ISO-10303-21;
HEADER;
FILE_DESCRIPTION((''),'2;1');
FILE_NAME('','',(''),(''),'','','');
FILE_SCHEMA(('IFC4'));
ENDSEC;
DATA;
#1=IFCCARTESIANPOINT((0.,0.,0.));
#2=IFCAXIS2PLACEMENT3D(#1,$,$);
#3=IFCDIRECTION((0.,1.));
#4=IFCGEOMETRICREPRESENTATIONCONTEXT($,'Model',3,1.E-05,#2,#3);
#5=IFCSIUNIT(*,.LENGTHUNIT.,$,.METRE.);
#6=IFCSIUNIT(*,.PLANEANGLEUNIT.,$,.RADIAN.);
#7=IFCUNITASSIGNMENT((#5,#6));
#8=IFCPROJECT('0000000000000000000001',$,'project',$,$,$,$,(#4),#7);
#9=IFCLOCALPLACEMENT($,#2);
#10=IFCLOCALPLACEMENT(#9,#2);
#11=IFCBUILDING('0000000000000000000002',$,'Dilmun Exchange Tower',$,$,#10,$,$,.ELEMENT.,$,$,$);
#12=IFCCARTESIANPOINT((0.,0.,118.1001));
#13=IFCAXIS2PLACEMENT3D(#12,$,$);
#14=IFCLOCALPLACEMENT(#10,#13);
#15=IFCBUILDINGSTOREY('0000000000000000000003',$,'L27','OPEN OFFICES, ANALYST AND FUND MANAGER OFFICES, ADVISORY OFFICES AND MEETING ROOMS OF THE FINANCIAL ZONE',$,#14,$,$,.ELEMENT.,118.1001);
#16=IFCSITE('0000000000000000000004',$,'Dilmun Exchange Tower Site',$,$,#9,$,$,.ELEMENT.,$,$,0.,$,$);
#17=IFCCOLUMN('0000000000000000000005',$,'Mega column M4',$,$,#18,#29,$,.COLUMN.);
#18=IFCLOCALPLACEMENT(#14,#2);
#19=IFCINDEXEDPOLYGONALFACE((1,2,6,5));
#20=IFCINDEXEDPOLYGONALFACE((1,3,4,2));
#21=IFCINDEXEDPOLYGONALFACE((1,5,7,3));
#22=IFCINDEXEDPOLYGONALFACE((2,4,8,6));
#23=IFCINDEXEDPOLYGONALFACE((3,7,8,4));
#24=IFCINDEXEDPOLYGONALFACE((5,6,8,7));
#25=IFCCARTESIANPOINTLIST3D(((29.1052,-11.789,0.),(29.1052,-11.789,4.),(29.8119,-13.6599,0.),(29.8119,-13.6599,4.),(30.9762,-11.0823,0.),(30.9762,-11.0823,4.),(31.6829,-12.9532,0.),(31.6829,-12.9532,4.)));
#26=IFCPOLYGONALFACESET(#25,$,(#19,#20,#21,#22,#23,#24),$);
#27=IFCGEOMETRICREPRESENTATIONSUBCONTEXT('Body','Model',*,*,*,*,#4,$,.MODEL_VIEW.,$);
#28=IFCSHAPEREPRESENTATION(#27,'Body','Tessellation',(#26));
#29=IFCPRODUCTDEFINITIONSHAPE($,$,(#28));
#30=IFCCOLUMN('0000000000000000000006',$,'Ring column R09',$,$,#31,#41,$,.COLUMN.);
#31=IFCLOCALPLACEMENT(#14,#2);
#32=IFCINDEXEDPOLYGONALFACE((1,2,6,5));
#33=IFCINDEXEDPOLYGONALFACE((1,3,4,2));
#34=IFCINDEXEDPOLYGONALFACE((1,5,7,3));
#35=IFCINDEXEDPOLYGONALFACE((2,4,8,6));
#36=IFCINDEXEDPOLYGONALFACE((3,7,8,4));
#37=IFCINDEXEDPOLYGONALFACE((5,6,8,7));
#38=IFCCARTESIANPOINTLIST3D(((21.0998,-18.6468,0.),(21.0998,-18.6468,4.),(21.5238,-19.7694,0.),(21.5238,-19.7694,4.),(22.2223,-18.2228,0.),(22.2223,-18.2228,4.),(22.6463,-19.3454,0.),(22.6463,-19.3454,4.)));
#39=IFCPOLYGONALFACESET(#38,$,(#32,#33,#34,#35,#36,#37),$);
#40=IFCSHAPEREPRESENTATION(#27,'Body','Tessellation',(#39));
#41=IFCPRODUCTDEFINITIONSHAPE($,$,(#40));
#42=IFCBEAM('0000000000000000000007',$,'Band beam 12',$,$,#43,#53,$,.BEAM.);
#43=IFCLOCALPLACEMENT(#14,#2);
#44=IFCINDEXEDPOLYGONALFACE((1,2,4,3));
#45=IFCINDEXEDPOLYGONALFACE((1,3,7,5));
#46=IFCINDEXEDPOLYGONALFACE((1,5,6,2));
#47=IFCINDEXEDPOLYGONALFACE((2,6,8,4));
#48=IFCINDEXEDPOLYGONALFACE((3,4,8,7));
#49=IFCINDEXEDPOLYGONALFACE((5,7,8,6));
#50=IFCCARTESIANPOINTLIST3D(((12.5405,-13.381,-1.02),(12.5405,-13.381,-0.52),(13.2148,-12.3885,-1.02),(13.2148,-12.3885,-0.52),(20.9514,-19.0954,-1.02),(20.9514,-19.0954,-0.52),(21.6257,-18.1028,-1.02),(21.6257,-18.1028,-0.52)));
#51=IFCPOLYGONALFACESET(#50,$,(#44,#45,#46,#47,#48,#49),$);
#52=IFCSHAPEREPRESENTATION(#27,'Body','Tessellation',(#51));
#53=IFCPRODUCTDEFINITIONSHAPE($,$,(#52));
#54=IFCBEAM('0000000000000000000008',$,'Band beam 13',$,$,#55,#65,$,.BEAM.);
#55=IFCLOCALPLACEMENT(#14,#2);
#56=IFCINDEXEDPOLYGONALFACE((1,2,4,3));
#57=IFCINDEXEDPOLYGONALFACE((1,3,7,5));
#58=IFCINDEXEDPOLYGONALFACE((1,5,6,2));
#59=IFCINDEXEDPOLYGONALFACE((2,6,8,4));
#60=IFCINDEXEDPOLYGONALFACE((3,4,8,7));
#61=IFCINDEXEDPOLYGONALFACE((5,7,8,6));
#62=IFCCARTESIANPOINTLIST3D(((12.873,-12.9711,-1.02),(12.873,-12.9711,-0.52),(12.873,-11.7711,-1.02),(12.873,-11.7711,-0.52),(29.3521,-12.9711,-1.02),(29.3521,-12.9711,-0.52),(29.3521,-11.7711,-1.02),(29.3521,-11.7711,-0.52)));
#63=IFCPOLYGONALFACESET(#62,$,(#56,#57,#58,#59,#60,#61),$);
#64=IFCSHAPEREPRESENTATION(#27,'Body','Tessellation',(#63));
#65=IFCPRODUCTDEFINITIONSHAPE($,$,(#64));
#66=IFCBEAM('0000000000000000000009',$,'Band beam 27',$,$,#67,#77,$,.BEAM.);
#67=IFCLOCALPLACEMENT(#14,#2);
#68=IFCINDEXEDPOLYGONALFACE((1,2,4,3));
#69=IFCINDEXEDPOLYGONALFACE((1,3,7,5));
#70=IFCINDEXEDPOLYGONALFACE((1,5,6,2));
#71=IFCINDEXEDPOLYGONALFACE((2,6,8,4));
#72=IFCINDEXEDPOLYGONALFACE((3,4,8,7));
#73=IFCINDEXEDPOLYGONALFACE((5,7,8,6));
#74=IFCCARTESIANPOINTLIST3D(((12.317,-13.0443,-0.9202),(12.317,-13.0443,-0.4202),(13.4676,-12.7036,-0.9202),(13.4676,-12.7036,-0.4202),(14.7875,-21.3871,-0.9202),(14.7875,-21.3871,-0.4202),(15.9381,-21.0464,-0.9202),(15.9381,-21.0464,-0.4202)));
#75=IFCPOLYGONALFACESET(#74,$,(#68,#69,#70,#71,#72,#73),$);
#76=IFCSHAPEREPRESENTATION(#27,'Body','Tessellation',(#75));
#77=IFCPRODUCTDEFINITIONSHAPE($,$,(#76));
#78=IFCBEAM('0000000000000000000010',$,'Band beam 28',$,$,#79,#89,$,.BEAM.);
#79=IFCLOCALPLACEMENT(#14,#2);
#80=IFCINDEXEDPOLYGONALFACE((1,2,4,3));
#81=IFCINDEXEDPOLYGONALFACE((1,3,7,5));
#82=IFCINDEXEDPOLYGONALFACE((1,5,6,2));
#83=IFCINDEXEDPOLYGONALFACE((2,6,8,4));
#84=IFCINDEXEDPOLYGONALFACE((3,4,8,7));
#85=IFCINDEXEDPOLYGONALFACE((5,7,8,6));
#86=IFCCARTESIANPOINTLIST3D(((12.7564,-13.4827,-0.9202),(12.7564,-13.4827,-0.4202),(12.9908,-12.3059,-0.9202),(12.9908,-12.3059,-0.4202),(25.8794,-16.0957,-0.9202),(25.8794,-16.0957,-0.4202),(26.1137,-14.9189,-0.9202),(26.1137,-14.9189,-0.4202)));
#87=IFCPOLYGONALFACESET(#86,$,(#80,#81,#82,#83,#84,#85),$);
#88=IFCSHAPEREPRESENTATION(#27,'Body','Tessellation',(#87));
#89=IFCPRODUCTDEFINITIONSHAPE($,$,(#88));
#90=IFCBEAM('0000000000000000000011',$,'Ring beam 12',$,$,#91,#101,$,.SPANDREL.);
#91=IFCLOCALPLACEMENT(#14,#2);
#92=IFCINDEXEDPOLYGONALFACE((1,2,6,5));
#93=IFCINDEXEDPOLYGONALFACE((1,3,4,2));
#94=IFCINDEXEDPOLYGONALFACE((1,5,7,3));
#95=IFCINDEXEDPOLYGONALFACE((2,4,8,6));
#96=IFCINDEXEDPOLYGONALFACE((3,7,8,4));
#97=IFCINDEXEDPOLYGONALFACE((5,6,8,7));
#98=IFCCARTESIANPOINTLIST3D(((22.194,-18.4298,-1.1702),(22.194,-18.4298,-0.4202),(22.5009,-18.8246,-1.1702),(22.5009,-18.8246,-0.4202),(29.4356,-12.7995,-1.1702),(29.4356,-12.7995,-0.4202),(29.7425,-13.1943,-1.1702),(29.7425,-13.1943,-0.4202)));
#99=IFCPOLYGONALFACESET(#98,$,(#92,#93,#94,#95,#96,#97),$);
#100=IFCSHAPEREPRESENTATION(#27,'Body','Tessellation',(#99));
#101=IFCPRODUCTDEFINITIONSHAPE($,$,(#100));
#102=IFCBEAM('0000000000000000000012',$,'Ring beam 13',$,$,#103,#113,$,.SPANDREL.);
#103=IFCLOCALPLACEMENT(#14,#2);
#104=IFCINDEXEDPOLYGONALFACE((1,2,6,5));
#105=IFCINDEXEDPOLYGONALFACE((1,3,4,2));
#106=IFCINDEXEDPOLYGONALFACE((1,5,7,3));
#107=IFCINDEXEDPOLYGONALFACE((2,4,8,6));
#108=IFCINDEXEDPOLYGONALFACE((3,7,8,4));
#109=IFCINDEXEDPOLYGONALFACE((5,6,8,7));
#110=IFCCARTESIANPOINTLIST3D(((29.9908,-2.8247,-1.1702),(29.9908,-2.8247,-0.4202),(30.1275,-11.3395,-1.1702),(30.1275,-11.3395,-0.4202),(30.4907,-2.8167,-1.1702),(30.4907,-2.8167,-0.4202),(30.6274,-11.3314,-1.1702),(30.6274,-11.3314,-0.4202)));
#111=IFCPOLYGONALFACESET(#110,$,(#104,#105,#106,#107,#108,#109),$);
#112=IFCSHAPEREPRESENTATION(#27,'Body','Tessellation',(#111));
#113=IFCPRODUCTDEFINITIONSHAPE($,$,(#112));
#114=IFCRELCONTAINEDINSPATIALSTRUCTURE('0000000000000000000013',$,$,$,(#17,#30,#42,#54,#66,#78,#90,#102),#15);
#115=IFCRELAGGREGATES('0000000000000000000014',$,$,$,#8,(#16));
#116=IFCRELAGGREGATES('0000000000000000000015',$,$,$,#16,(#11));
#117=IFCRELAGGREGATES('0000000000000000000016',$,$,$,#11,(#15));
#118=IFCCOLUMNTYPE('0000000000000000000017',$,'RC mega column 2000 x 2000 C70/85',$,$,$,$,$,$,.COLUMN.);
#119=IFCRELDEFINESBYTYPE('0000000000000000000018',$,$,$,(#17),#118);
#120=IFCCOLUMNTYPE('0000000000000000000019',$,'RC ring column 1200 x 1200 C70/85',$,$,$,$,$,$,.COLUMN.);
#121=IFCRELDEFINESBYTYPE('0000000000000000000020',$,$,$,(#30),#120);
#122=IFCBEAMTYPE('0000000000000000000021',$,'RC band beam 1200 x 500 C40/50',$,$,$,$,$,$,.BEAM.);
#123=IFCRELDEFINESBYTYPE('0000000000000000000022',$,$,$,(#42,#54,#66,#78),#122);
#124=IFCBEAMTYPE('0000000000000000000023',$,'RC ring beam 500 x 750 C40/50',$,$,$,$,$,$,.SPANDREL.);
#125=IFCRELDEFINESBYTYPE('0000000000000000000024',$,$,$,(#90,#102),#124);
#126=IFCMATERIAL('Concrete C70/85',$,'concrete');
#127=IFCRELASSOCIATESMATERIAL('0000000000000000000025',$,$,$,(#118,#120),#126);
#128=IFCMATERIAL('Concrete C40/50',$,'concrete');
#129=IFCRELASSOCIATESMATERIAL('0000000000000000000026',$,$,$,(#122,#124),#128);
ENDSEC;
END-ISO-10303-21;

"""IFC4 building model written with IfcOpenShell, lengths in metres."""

from ifc_helpers import new_model, si_unit, direction, frame, origin, origin_2d, place, context, subcontext, project, spatial, rectangle, extrude, material, material_profile, profile_set, type_object, element, save


model = new_model("IFC4")

# Units and contexts
model_context = context("Model", 3, precision=1e-05, world=origin(), true_north=direction((0.0, 1.0)))
body_context = subcontext(model_context, "Body", "Model", "MODEL_VIEW")
ifc_project = project(units=[si_unit("LENGTHUNIT", "METRE"), si_unit("PLANEANGLEUNIT", "RADIAN")], contexts=[model_context])

# Site, building, storey
site_placement = place(None, origin())
site = spatial("IfcSite", under=ifc_project, at=site_placement, Name="Dilmun Exchange Tower Site", CompositionType="ELEMENT", RefElevation=0.0)
building_placement = place(site_placement, origin())
building = spatial("IfcBuilding", under=site, at=building_placement, Name="Dilmun Exchange Tower", CompositionType="ELEMENT")
storey_placement = place(building_placement, frame((0.0, 0.0, 118.1001)))
storey = spatial("IfcBuildingStorey", under=building, at=storey_placement, Name="L27", Description="OPEN OFFICES, ANALYST AND FUND MANAGER OFFICES, ADVISORY OFFICES AND MEETING ROOMS OF THE FINANCIAL ZONE", CompositionType="ELEMENT", Elevation=118.1001)

# Columns
ifc_material_1 = material(Name="Concrete C70/85", Category="concrete")
ifc_material_profile_1 = material_profile(ifc_material_1, rectangle(XDim=2.0, YDim=2.0, at=origin_2d()), Name="2000 x 2000")
ifc_profile_set_1 = profile_set([ifc_material_profile_1], Name="Concrete C70/85")
column_type_1 = type_object("IfcColumnType", Name="RC mega column 2000 x 2000 C70/85", PredefinedType="COLUMN", material=ifc_profile_set_1)
column_1_placement = place(storey_placement, frame((30.394, -12.3711, 0.0), z_axis=(0.0, 0.0, 1.0), x_axis=(0.935492, 0.353349, 0.0)))
element("IfcColumn", 1, at=column_1_placement, inside=storey, type_object=column_type_1, Name="Mega column M4", PredefinedType="COLUMN", context=body_context, shape_type="SweptSolid", body=[
    extrude(rectangle(XDim=2.0, YDim=2.0, at=origin_2d()), origin(), (0.0, 0.0, 1.0), 4.0),
])
ifc_material_profile_2 = material_profile(ifc_material_1, rectangle(XDim=1.2, YDim=1.2, at=origin_2d()), Name="1200 x 1200")
ifc_profile_set_2 = profile_set([ifc_material_profile_2], Name="Concrete C70/85")
column_type_2 = type_object("IfcColumnType", Name="RC ring column 1200 x 1200 C70/85", PredefinedType="COLUMN", material=ifc_profile_set_2)
column_2_placement = place(storey_placement, frame((21.873, -18.9961, 0.0), z_axis=(0.0, 0.0, 1.0), x_axis=(0.935492, 0.353349, 0.0)))
element("IfcColumn", 2, at=column_2_placement, inside=storey, type_object=column_type_2, Name="Ring column R09", PredefinedType="COLUMN", context=body_context, shape_type="SweptSolid", body=[
    extrude(rectangle(XDim=1.2, YDim=1.2, at=origin_2d()), origin(), (0.0, 0.0, 1.0), 4.0),
])

# Beams
ifc_material_2 = material(Name="Concrete C40/50", Category="concrete")
ifc_material_profile_3 = material_profile(ifc_material_2, rectangle(XDim=1.2, YDim=0.5, at=origin_2d()), Name="1200 x 500")
ifc_profile_set_3 = profile_set([ifc_material_profile_3], Name="Concrete C40/50")
beam_type_1 = type_object("IfcBeamType", Name="RC band beam 1200 x 500 C40/50", PredefinedType="BEAM", material=ifc_profile_set_3)
beam_1_placement = place(storey_placement, frame((21.2886, -18.5991, -0.77), z_axis=(-0.827157, 0.56197, 0.0), x_axis=(-0.56197, -0.827157, 0.0)))
element("IfcBeam", 3, at=beam_1_placement, inside=storey, type_object=beam_type_1, Name="Band beam 12", PredefinedType="BEAM", context=body_context, shape_type="SweptSolid", body=[
    extrude(rectangle(XDim=1.2, YDim=0.5, at=origin_2d()), origin(), (0.0, 0.0, 1.0), 10.1685),
])
beam_2_placement = place(storey_placement, frame((29.3521, -12.3711, -0.77), z_axis=(-1.0, 0.0, 0.0), x_axis=(0.0, -1.0, 0.0)))
element("IfcBeam", 4, at=beam_2_placement, inside=storey, type_object=beam_type_1, Name="Band beam 13", PredefinedType="BEAM", context=body_context, shape_type="SweptSolid", body=[
    extrude(rectangle(XDim=1.2, YDim=0.5, at=origin_2d()), origin(), (0.0, 0.0, 1.0), 16.479),
])
beam_3_placement = place(storey_placement, frame((15.3628, -21.2168, -0.6702), z_axis=(-0.283933, 0.958844, 0.0), x_axis=(-0.958844, -0.283933, 0.0)))
element("IfcBeam", 5, at=beam_3_placement, inside=storey, type_object=beam_type_1, Name="Band beam 27", PredefinedType="BEAM", context=body_context, shape_type="SweptSolid", body=[
    extrude(rectangle(XDim=1.2, YDim=0.5, at=origin_2d()), origin(), (0.0, 0.0, 1.0), 8.7009),
])
beam_4_placement = place(storey_placement, frame((25.9966, -15.5073, -0.6702), z_axis=(-0.980747, 0.195284, 0.0), x_axis=(-0.195284, -0.980747, 0.0)))
element("IfcBeam", 6, at=beam_4_placement, inside=storey, type_object=beam_type_1, Name="Band beam 28", PredefinedType="BEAM", context=body_context, shape_type="SweptSolid", body=[
    extrude(rectangle(XDim=1.2, YDim=0.5, at=origin_2d()), origin(), (0.0, 0.0, 1.0), 13.3806),
])
ifc_material_profile_4 = material_profile(ifc_material_2, rectangle(XDim=0.5, YDim=0.75, at=origin_2d()), Name="500 x 750")
ifc_profile_set_4 = profile_set([ifc_material_profile_4], Name="Concrete C40/50")
beam_type_2 = type_object("IfcBeamType", Name="RC ring beam 500 x 750 C40/50", PredefinedType="SPANDREL", material=ifc_profile_set_4)
beam_5_placement = place(storey_placement, frame((22.3474, -18.6272, -0.7952), z_axis=(0.789461, 0.613801, 0.0), x_axis=(-0.613801, 0.789461, 0.0)))
element("IfcBeam", 7, at=beam_5_placement, inside=storey, type_object=beam_type_2, Name="Ring beam 12", PredefinedType="SPANDREL", context=body_context, shape_type="SweptSolid", body=[
    extrude(rectangle(XDim=0.5, YDim=0.75, at=origin_2d()), origin(), (0.0, 0.0, 1.0), 9.1729),
])
beam_6_placement = place(storey_placement, frame((30.3774, -11.3354, -0.7952), z_axis=(-0.016054, 0.999871, 0.0), x_axis=(-0.999871, -0.016054, 0.0)))
element("IfcBeam", 8, at=beam_6_placement, inside=storey, type_object=beam_type_2, Name="Ring beam 13", PredefinedType="SPANDREL", context=body_context, shape_type="SweptSolid", body=[
    extrude(rectangle(XDim=0.5, YDim=0.75, at=origin_2d()), origin(), (0.0, 0.0, 1.0), 8.5159),
])

save(model, "model.ifc")
